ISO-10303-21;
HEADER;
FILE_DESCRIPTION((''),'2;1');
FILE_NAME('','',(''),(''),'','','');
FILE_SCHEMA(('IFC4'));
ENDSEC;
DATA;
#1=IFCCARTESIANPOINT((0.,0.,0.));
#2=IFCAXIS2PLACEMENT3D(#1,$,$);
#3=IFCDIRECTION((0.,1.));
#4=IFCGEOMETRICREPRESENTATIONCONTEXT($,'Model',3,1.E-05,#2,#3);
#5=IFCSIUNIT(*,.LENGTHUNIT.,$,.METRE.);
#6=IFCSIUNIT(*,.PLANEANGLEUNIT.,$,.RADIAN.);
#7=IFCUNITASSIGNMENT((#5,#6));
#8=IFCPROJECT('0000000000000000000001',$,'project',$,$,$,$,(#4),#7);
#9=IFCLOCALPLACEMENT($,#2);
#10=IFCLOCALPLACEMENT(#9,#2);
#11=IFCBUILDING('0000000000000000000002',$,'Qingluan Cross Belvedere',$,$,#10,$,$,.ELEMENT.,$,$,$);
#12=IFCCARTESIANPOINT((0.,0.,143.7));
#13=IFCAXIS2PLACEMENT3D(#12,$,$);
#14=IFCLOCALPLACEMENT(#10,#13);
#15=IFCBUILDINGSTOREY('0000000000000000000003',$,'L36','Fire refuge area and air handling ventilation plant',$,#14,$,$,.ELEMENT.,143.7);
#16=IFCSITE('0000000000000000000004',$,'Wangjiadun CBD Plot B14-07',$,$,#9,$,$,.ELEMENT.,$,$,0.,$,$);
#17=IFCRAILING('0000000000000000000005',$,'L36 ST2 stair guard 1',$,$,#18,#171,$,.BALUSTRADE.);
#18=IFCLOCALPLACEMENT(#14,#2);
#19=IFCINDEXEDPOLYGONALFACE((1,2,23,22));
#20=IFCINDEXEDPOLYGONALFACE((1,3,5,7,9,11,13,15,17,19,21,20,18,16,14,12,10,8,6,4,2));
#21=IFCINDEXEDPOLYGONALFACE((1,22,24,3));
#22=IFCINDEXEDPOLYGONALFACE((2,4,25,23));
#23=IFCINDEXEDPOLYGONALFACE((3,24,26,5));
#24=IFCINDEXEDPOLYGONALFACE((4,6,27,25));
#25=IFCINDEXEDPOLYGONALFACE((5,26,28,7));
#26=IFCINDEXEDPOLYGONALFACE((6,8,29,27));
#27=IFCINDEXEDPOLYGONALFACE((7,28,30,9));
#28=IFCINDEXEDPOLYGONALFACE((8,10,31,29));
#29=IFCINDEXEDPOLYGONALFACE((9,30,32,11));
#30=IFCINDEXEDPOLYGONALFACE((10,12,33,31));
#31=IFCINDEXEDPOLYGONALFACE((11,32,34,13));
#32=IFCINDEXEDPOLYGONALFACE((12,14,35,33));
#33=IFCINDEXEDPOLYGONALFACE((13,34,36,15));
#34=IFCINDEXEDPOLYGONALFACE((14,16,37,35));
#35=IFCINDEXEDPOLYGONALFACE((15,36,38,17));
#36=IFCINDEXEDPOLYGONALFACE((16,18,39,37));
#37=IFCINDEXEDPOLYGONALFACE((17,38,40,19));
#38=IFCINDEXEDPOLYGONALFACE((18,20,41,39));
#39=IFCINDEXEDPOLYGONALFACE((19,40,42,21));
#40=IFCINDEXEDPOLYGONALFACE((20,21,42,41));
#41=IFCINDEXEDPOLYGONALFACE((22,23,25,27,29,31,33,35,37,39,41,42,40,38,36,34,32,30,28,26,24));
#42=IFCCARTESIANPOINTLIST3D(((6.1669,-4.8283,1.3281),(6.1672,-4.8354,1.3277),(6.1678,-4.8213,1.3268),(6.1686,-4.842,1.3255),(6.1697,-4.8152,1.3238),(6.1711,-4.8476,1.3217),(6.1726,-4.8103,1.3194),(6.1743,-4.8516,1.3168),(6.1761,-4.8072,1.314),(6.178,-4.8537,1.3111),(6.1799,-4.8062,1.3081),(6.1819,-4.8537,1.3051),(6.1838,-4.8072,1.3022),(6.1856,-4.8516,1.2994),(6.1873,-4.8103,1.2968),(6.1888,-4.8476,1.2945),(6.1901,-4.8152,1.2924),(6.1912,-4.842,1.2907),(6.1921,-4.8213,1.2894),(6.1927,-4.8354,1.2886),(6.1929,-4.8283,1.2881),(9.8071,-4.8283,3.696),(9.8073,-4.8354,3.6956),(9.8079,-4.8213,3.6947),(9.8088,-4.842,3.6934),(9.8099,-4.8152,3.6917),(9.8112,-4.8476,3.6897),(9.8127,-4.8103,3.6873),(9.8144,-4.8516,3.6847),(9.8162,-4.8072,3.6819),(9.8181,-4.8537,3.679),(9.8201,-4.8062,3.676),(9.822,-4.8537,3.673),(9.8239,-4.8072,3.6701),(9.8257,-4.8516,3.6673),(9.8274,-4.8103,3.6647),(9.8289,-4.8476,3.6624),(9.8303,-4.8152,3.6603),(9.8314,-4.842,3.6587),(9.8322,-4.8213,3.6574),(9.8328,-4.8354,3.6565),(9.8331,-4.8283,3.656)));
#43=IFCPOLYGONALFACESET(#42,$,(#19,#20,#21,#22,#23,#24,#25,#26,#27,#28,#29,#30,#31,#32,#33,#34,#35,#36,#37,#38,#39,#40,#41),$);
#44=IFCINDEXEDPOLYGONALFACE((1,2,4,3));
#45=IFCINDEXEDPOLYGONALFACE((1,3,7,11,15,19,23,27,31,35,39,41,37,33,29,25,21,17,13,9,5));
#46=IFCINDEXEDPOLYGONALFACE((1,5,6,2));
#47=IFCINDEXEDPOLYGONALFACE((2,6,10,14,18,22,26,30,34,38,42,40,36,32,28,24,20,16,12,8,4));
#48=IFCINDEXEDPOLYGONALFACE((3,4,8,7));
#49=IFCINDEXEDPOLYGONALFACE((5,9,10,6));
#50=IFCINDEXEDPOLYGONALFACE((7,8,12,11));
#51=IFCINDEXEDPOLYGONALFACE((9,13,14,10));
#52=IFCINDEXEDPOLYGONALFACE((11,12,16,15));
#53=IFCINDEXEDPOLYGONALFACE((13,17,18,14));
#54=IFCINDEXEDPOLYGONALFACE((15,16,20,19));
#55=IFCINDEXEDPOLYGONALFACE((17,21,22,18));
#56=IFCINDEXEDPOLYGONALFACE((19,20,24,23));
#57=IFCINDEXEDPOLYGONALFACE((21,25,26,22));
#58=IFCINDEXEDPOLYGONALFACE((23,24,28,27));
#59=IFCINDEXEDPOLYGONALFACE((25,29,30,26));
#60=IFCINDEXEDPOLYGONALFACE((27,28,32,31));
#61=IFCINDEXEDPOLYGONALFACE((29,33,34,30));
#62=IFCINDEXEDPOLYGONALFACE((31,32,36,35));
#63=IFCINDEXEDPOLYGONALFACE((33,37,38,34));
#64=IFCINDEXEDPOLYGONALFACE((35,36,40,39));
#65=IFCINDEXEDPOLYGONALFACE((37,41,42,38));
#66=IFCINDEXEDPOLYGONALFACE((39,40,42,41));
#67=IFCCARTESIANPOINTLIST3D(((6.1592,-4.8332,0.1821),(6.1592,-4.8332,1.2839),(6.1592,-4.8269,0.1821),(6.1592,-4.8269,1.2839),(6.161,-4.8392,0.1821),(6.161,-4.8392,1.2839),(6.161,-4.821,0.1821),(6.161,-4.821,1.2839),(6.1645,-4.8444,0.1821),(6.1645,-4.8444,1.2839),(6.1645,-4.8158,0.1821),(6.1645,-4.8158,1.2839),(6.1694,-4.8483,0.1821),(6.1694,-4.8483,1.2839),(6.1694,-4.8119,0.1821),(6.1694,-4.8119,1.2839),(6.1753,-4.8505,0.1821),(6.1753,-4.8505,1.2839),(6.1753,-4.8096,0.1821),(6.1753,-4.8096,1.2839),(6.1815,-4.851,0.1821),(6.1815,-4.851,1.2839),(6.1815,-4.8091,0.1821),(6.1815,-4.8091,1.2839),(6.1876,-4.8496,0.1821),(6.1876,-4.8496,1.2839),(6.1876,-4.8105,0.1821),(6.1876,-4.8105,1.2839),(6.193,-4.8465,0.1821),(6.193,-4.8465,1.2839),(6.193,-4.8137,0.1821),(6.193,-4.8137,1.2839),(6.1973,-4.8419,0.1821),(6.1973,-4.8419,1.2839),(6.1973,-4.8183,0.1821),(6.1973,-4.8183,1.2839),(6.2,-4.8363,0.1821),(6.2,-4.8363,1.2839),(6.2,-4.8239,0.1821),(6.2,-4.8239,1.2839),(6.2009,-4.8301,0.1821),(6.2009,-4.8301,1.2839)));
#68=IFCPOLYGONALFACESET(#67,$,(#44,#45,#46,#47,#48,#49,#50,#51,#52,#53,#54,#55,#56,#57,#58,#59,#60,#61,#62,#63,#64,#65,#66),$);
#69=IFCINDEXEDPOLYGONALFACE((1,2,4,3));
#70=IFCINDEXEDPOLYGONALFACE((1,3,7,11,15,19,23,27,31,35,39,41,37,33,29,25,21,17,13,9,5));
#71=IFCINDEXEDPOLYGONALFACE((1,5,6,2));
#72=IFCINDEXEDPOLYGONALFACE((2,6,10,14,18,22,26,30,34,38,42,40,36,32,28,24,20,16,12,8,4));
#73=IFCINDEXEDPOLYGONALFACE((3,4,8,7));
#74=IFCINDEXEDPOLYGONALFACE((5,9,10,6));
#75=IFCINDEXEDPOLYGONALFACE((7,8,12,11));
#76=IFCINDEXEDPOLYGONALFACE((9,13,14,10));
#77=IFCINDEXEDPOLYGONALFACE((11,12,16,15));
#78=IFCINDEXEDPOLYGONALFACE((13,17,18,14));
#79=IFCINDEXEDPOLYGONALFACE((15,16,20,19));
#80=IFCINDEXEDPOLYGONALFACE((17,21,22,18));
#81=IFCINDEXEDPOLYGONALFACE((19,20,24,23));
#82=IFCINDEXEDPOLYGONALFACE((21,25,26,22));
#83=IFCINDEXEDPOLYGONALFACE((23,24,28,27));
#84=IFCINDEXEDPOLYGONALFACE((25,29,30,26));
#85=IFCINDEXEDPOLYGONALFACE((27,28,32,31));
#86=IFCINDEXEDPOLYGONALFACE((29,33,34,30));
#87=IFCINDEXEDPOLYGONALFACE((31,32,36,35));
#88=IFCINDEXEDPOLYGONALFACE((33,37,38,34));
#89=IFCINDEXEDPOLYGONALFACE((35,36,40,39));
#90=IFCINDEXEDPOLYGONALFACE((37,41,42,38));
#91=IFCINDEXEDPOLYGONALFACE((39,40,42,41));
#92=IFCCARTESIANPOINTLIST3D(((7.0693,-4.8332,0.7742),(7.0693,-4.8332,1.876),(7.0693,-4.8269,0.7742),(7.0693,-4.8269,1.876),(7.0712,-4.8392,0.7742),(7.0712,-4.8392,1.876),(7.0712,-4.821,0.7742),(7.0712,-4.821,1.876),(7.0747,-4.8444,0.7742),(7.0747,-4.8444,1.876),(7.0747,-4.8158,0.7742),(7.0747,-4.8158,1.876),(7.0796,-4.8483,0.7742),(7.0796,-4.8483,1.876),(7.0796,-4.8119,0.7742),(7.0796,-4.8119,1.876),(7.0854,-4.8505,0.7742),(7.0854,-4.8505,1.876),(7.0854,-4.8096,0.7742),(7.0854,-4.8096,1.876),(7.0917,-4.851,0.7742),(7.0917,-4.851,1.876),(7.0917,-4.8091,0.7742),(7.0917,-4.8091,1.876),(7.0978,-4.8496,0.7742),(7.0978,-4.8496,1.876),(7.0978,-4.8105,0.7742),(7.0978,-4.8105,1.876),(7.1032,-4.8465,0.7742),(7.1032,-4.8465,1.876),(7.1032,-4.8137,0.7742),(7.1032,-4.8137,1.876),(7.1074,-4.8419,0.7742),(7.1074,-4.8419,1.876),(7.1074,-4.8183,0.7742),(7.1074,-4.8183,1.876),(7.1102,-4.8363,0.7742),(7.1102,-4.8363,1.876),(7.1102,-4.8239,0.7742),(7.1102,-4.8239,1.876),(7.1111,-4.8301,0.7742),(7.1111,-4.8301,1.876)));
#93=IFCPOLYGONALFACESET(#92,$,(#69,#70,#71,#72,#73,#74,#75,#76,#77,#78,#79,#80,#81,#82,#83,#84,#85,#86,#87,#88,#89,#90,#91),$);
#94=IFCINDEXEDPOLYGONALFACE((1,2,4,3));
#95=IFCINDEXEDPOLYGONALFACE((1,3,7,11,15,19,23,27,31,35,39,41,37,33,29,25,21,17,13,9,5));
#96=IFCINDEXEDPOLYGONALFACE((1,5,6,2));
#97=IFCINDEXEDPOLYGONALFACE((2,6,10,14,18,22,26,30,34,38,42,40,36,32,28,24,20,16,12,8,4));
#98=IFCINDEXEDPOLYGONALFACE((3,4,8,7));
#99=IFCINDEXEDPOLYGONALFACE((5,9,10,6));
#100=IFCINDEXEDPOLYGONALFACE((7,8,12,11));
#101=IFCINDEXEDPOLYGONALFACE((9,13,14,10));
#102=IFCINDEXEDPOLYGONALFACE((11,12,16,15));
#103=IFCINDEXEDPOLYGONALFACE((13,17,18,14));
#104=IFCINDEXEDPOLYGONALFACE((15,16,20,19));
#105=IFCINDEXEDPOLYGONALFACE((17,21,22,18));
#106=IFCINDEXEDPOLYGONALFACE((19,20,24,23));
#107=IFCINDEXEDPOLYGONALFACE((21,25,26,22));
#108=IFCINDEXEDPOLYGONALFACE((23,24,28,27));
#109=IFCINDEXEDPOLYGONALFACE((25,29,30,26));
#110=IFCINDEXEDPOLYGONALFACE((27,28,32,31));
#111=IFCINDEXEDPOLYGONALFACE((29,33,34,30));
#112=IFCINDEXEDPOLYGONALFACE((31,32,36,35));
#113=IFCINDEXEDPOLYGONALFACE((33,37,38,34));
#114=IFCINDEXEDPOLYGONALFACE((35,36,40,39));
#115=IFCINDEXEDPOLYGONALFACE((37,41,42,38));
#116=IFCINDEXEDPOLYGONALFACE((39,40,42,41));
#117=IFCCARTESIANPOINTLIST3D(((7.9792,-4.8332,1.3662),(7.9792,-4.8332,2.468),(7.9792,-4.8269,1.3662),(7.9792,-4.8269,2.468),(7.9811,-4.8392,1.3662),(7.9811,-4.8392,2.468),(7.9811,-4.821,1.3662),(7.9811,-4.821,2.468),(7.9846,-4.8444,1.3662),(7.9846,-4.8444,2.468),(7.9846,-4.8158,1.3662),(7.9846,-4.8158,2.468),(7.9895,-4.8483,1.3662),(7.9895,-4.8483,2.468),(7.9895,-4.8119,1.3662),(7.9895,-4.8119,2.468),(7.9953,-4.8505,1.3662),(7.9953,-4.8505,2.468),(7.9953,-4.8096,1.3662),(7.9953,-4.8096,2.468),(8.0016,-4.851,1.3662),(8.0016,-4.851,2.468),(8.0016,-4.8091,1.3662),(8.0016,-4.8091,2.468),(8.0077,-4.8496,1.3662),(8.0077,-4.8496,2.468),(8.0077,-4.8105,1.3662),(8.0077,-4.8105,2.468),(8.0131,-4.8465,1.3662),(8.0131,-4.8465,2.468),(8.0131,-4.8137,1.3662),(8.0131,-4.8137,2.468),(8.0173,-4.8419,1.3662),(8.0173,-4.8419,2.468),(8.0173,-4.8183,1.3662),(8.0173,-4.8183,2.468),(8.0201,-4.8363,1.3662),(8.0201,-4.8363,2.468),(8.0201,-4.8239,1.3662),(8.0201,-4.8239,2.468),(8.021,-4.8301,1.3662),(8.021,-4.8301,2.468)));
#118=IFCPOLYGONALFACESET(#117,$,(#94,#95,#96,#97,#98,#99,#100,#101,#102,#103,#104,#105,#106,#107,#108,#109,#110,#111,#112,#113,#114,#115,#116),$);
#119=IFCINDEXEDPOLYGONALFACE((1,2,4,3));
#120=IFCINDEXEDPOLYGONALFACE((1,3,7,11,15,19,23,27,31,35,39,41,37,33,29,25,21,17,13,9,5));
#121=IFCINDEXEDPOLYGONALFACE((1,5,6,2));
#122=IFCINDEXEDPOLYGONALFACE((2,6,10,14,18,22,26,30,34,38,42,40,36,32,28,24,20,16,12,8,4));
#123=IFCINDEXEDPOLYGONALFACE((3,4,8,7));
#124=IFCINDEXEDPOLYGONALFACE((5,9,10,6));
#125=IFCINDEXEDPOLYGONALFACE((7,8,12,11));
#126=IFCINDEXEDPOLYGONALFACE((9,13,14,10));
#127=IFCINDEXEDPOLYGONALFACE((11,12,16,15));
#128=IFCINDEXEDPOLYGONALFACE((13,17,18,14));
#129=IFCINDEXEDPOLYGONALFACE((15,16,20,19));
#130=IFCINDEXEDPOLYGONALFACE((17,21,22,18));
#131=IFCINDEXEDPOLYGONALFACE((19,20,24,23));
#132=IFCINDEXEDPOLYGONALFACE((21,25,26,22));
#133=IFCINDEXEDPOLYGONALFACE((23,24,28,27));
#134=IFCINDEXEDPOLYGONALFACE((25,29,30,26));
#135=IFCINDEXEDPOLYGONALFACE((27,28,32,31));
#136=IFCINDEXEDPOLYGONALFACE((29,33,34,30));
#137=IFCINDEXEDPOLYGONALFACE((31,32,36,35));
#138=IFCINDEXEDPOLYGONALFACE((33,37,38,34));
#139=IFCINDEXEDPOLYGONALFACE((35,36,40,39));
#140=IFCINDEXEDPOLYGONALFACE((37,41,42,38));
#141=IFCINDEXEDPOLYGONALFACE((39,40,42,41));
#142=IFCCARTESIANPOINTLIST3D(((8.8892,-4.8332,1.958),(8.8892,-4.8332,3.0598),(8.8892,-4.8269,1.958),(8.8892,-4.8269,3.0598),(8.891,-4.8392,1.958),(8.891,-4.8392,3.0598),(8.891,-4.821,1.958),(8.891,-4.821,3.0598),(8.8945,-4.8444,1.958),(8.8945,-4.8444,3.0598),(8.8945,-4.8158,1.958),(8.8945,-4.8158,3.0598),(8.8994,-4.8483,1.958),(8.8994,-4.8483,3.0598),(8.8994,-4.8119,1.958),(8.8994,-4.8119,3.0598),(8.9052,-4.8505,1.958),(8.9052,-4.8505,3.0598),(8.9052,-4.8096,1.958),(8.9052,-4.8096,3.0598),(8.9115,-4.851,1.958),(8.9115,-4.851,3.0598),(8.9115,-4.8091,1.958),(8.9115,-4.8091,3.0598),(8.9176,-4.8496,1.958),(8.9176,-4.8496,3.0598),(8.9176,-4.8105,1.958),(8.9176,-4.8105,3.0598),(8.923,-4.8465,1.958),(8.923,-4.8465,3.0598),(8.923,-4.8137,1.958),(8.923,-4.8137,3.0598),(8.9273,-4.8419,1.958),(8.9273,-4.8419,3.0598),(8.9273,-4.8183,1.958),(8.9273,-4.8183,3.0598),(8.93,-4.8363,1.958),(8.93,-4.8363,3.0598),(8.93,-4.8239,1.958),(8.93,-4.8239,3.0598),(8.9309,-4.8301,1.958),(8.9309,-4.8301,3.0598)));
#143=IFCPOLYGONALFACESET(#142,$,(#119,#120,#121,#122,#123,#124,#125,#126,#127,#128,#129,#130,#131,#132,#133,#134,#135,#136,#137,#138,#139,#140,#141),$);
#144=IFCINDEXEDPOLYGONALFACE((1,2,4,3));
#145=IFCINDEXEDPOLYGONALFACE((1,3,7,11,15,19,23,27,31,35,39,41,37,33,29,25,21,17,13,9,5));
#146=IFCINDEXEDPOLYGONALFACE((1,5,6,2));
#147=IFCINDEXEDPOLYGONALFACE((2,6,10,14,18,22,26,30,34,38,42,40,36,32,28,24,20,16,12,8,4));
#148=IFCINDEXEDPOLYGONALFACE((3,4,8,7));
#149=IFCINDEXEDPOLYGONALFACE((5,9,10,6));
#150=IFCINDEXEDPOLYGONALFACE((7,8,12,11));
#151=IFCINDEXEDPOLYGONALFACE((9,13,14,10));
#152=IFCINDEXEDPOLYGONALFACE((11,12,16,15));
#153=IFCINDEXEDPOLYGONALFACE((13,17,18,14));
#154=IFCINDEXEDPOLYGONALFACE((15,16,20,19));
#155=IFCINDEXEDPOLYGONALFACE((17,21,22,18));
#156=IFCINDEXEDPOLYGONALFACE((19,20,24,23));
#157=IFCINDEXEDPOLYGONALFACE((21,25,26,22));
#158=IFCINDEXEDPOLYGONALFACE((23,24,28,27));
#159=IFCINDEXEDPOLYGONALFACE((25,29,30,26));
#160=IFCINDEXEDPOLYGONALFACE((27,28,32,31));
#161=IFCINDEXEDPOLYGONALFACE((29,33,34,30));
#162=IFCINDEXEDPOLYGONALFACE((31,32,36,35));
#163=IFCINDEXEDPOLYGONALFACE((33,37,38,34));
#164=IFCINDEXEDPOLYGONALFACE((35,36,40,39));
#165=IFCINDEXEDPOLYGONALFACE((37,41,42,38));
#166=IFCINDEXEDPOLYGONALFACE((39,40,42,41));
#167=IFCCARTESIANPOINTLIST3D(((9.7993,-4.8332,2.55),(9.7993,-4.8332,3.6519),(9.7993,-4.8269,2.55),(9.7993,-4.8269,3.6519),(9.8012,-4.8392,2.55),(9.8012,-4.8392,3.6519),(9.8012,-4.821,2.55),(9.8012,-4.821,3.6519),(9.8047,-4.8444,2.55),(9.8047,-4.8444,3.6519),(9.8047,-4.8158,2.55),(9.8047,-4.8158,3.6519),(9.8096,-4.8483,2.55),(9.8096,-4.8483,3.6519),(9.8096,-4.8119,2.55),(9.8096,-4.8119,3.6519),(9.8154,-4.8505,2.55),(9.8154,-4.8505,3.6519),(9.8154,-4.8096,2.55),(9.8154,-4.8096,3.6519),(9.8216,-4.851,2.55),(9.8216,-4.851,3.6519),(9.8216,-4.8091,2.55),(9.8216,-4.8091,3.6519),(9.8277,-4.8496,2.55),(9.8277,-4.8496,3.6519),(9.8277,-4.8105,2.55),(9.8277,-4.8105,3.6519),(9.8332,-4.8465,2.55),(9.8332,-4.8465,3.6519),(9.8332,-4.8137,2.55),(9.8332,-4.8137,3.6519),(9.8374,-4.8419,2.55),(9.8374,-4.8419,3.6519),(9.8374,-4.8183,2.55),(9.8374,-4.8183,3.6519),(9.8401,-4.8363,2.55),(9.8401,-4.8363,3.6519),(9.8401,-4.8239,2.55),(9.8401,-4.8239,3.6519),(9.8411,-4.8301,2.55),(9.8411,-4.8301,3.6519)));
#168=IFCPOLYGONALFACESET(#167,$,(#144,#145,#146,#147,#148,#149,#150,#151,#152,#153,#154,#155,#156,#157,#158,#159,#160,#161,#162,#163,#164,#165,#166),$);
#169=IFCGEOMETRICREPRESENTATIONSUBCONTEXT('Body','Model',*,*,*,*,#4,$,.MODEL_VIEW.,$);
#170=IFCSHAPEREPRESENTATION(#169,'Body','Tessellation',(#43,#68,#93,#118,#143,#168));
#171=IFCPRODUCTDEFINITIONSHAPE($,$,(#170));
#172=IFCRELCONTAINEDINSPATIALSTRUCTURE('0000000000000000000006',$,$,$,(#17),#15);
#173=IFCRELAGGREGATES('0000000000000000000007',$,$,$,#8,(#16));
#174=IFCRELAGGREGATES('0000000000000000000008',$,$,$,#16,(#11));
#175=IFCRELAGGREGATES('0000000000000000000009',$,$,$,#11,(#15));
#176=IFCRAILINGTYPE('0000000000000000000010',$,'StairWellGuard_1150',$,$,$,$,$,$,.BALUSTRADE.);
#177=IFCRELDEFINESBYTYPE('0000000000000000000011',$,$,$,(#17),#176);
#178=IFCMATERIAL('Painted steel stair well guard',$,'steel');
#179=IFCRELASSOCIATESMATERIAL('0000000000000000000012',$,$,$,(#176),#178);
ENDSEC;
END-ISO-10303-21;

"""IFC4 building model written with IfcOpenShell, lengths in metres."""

from ifc_helpers import new_model, si_unit, direction, frame, origin, origin_2d, place, context, subcontext, project, spatial, circle, extrude, material, type_object, element, save


model = new_model("IFC4")

# Units and contexts
model_context = context("Model", 3, precision=1e-05, world=origin(), true_north=direction((0.0, 1.0)))
body_context = subcontext(model_context, "Body", "Model", "MODEL_VIEW")
ifc_project = project(units=[si_unit("LENGTHUNIT", "METRE"), si_unit("PLANEANGLEUNIT", "RADIAN")], contexts=[model_context])

# Site, building, storey
site_placement = place(None, origin())
site = spatial("IfcSite", under=ifc_project, at=site_placement, Name="Wangjiadun CBD Plot B14-07", CompositionType="ELEMENT", RefElevation=0.0)
building_placement = place(site_placement, origin())
building = spatial("IfcBuilding", under=site, at=building_placement, Name="Qingluan Cross Belvedere", CompositionType="ELEMENT")
storey_placement = place(building_placement, frame((0.0, 0.0, 143.7)))
storey = spatial("IfcBuildingStorey", under=building, at=storey_placement, Name="L36", Description="Fire refuge area and air handling ventilation plant", CompositionType="ELEMENT", Elevation=143.7)

# Railing
ifc_material_1 = material(Name="Painted steel stair well guard", Category="steel")
railing_type_1 = type_object("IfcRailingType", Name="StairWellGuard_1150", PredefinedType="BALUSTRADE", material=ifc_material_1)
railing_1_placement = place(storey_placement, frame((6.1799, -4.8301, 0.1821)))
element("IfcRailing", 1, at=railing_1_placement, inside=storey, type_object=railing_type_1, Name="L36 ST2 stair guard 1", PredefinedType="BALUSTRADE", context=body_context, shape_type="SweptSolid", body=[
    extrude(circle(Radius=0.0239, at=origin_2d()), frame((0.0, 0.0, 1.126), z_axis=(0.838251, 0.0, 0.545285), x_axis=(0.0, 1.0, 0.0)), (0.0, 0.0, 1.0), 4.3425),
    extrude(circle(Radius=0.021, at=origin_2d()), origin(), (0.0, 0.0, 1.0), 1.1018),
    extrude(circle(Radius=0.021, at=origin_2d()), frame((0.9102, 0.0, 0.592)), (0.0, 0.0, 1.0), 1.1018),
    extrude(circle(Radius=0.021, at=origin_2d()), frame((1.8201, 0.0, 1.1841)), (0.0, 0.0, 1.0), 1.1018),
    extrude(circle(Radius=0.021, at=origin_2d()), frame((2.73, 0.0, 1.7759)), (0.0, 0.0, 1.0), 1.1018),
    extrude(circle(Radius=0.021, at=origin_2d()), frame((3.6401, 0.0, 2.3679)), (0.0, 0.0, 1.0), 1.1018),
])

save(model, "model.ifc")
